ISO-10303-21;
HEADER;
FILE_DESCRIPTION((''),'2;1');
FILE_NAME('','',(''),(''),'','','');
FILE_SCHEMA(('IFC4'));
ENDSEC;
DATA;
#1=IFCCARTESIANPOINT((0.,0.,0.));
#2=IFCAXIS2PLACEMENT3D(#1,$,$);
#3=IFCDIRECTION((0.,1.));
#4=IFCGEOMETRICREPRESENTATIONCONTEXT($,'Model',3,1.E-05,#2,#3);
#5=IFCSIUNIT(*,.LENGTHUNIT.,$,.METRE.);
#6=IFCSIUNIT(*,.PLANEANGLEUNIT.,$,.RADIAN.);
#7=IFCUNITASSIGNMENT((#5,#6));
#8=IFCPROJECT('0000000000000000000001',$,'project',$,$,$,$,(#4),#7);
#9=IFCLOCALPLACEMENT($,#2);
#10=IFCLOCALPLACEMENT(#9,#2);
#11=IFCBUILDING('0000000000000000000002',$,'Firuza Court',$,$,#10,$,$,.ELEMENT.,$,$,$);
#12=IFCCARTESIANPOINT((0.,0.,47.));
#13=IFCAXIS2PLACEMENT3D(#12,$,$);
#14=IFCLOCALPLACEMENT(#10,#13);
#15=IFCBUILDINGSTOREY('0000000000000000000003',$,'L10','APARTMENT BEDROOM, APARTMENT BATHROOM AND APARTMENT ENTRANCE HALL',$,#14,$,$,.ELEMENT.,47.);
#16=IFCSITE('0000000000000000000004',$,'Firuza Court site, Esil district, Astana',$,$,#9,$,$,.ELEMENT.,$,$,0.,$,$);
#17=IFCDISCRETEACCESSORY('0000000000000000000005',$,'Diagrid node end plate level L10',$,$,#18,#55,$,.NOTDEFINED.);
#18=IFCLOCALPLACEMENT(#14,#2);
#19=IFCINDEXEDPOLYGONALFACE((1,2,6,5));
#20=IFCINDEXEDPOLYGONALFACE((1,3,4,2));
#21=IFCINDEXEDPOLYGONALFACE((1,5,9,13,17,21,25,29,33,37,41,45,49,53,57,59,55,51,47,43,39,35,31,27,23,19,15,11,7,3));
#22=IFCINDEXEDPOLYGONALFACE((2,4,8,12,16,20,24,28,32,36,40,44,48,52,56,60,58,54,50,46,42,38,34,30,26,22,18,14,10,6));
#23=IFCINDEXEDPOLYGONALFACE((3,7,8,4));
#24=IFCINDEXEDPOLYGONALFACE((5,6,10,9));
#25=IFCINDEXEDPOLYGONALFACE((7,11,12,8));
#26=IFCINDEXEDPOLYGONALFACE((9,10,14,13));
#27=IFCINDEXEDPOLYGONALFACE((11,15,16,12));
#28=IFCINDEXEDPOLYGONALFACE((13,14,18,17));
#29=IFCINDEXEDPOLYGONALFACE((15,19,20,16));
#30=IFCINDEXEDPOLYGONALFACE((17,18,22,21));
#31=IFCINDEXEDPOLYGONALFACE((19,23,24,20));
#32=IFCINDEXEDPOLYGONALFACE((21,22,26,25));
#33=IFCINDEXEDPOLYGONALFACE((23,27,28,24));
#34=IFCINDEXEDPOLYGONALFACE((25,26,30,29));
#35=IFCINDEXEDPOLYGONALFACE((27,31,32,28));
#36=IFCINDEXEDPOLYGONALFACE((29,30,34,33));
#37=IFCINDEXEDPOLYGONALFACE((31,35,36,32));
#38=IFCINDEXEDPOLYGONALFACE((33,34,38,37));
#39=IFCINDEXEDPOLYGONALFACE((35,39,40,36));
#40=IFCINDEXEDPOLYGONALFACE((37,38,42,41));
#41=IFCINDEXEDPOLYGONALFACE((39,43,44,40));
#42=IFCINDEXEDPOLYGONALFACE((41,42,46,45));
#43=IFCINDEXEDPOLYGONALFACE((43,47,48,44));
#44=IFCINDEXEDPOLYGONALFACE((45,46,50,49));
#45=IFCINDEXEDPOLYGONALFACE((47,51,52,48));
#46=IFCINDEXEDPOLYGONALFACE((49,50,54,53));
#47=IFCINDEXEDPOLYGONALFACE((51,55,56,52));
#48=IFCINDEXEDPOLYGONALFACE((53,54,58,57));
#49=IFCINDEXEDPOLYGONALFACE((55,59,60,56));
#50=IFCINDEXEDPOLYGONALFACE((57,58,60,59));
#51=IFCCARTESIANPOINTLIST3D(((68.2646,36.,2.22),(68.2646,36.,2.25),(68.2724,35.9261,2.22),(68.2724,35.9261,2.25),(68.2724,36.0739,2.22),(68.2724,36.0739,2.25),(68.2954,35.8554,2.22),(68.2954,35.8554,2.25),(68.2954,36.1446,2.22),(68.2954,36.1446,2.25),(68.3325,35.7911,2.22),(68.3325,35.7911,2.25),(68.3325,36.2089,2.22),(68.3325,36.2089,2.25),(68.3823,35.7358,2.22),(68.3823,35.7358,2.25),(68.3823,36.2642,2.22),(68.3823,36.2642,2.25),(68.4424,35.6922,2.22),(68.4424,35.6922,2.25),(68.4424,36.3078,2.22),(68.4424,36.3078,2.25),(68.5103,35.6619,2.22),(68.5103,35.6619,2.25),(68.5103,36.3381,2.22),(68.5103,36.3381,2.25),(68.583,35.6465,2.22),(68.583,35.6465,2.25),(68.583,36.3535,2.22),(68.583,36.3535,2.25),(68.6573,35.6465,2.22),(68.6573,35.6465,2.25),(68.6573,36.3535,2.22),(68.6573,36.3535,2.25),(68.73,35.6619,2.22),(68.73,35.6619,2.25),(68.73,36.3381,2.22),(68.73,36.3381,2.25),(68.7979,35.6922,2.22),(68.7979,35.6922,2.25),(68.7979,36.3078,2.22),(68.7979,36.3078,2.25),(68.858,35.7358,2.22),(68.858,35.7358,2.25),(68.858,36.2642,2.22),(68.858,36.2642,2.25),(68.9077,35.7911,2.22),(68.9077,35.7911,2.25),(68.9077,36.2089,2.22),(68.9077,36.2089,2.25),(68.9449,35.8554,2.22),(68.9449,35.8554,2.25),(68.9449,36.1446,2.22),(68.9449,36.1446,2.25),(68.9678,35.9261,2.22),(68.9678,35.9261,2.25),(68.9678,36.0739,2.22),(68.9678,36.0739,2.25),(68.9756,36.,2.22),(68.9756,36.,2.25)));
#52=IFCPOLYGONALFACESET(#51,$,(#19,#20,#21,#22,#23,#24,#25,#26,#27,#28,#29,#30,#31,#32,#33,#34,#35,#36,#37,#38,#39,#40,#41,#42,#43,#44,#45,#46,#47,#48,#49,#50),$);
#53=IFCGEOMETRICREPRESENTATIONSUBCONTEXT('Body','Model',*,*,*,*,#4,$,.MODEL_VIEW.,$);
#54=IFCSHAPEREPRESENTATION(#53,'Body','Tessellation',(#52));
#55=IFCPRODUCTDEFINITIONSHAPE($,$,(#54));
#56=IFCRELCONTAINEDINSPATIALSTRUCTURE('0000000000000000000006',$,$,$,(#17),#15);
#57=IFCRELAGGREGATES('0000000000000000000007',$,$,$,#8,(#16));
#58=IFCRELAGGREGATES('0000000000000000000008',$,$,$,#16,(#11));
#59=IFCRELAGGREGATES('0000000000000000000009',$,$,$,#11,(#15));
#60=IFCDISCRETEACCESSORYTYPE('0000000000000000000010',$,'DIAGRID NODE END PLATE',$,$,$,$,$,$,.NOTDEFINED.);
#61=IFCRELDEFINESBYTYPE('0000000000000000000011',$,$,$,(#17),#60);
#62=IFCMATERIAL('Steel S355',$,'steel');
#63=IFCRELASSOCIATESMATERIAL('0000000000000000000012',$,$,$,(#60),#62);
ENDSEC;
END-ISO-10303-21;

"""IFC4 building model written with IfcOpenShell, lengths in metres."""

from ifc_helpers import new_model, si_unit, direction, frame, origin, origin_2d, place, context, subcontext, project, spatial, circle, extrude, material, material_profile, profile_set, type_object, element, save


model = new_model("IFC4")

# Units and contexts
model_context = context("Model", 3, precision=1e-05, world=origin(), true_north=direction((0.0, 1.0)))
body_context = subcontext(model_context, "Body", "Model", "MODEL_VIEW")
ifc_project = project(units=[si_unit("LENGTHUNIT", "METRE"), si_unit("PLANEANGLEUNIT", "RADIAN")], contexts=[model_context])

# Site, building, storey
site_placement = place(None, origin())
site = spatial("IfcSite", under=ifc_project, at=site_placement, Name="Firuza Court site, Esil district, Astana", CompositionType="ELEMENT", RefElevation=0.0)
building_placement = place(site_placement, origin())
building = spatial("IfcBuilding", under=site, at=building_placement, Name="Firuza Court", CompositionType="ELEMENT")
storey_placement = place(building_placement, frame((0.0, 0.0, 47.0)))
storey = spatial("IfcBuildingStorey", under=building, at=storey_placement, Name="L10", Description="APARTMENT BEDROOM, APARTMENT BATHROOM AND APARTMENT ENTRANCE HALL", CompositionType="ELEMENT", Elevation=47.0)

# Discrete accessory
ifc_material_1 = material(Name="Steel S355", Category="steel")
ifc_material_profile_1 = material_profile(ifc_material_1, circle(Radius=0.3555, at=origin_2d()), Name="PL D711")
ifc_profile_set_1 = profile_set([ifc_material_profile_1], Name="Steel S355")
discrete_accessory_type = type_object("IfcDiscreteAccessoryType", Name="DIAGRID NODE END PLATE", PredefinedType="NOTDEFINED", material=ifc_profile_set_1)
discrete_accessory_1_placement = place(storey_placement, frame((68.6201, 36.0, 2.22), z_axis=(0.0, 0.0, 1.0), x_axis=(1.0, 0.0, 0.0)))
element("IfcDiscreteAccessory", 1, at=discrete_accessory_1_placement, inside=storey, type_object=discrete_accessory_type, Name="Diagrid node end plate level L10", PredefinedType="NOTDEFINED", context=body_context, shape_type="SweptSolid", body=[
    extrude(circle(Radius=0.3555, at=origin_2d()), origin(), (0.0, 0.0, 1.0), 0.03),
])

save(model, "model.ifc")
